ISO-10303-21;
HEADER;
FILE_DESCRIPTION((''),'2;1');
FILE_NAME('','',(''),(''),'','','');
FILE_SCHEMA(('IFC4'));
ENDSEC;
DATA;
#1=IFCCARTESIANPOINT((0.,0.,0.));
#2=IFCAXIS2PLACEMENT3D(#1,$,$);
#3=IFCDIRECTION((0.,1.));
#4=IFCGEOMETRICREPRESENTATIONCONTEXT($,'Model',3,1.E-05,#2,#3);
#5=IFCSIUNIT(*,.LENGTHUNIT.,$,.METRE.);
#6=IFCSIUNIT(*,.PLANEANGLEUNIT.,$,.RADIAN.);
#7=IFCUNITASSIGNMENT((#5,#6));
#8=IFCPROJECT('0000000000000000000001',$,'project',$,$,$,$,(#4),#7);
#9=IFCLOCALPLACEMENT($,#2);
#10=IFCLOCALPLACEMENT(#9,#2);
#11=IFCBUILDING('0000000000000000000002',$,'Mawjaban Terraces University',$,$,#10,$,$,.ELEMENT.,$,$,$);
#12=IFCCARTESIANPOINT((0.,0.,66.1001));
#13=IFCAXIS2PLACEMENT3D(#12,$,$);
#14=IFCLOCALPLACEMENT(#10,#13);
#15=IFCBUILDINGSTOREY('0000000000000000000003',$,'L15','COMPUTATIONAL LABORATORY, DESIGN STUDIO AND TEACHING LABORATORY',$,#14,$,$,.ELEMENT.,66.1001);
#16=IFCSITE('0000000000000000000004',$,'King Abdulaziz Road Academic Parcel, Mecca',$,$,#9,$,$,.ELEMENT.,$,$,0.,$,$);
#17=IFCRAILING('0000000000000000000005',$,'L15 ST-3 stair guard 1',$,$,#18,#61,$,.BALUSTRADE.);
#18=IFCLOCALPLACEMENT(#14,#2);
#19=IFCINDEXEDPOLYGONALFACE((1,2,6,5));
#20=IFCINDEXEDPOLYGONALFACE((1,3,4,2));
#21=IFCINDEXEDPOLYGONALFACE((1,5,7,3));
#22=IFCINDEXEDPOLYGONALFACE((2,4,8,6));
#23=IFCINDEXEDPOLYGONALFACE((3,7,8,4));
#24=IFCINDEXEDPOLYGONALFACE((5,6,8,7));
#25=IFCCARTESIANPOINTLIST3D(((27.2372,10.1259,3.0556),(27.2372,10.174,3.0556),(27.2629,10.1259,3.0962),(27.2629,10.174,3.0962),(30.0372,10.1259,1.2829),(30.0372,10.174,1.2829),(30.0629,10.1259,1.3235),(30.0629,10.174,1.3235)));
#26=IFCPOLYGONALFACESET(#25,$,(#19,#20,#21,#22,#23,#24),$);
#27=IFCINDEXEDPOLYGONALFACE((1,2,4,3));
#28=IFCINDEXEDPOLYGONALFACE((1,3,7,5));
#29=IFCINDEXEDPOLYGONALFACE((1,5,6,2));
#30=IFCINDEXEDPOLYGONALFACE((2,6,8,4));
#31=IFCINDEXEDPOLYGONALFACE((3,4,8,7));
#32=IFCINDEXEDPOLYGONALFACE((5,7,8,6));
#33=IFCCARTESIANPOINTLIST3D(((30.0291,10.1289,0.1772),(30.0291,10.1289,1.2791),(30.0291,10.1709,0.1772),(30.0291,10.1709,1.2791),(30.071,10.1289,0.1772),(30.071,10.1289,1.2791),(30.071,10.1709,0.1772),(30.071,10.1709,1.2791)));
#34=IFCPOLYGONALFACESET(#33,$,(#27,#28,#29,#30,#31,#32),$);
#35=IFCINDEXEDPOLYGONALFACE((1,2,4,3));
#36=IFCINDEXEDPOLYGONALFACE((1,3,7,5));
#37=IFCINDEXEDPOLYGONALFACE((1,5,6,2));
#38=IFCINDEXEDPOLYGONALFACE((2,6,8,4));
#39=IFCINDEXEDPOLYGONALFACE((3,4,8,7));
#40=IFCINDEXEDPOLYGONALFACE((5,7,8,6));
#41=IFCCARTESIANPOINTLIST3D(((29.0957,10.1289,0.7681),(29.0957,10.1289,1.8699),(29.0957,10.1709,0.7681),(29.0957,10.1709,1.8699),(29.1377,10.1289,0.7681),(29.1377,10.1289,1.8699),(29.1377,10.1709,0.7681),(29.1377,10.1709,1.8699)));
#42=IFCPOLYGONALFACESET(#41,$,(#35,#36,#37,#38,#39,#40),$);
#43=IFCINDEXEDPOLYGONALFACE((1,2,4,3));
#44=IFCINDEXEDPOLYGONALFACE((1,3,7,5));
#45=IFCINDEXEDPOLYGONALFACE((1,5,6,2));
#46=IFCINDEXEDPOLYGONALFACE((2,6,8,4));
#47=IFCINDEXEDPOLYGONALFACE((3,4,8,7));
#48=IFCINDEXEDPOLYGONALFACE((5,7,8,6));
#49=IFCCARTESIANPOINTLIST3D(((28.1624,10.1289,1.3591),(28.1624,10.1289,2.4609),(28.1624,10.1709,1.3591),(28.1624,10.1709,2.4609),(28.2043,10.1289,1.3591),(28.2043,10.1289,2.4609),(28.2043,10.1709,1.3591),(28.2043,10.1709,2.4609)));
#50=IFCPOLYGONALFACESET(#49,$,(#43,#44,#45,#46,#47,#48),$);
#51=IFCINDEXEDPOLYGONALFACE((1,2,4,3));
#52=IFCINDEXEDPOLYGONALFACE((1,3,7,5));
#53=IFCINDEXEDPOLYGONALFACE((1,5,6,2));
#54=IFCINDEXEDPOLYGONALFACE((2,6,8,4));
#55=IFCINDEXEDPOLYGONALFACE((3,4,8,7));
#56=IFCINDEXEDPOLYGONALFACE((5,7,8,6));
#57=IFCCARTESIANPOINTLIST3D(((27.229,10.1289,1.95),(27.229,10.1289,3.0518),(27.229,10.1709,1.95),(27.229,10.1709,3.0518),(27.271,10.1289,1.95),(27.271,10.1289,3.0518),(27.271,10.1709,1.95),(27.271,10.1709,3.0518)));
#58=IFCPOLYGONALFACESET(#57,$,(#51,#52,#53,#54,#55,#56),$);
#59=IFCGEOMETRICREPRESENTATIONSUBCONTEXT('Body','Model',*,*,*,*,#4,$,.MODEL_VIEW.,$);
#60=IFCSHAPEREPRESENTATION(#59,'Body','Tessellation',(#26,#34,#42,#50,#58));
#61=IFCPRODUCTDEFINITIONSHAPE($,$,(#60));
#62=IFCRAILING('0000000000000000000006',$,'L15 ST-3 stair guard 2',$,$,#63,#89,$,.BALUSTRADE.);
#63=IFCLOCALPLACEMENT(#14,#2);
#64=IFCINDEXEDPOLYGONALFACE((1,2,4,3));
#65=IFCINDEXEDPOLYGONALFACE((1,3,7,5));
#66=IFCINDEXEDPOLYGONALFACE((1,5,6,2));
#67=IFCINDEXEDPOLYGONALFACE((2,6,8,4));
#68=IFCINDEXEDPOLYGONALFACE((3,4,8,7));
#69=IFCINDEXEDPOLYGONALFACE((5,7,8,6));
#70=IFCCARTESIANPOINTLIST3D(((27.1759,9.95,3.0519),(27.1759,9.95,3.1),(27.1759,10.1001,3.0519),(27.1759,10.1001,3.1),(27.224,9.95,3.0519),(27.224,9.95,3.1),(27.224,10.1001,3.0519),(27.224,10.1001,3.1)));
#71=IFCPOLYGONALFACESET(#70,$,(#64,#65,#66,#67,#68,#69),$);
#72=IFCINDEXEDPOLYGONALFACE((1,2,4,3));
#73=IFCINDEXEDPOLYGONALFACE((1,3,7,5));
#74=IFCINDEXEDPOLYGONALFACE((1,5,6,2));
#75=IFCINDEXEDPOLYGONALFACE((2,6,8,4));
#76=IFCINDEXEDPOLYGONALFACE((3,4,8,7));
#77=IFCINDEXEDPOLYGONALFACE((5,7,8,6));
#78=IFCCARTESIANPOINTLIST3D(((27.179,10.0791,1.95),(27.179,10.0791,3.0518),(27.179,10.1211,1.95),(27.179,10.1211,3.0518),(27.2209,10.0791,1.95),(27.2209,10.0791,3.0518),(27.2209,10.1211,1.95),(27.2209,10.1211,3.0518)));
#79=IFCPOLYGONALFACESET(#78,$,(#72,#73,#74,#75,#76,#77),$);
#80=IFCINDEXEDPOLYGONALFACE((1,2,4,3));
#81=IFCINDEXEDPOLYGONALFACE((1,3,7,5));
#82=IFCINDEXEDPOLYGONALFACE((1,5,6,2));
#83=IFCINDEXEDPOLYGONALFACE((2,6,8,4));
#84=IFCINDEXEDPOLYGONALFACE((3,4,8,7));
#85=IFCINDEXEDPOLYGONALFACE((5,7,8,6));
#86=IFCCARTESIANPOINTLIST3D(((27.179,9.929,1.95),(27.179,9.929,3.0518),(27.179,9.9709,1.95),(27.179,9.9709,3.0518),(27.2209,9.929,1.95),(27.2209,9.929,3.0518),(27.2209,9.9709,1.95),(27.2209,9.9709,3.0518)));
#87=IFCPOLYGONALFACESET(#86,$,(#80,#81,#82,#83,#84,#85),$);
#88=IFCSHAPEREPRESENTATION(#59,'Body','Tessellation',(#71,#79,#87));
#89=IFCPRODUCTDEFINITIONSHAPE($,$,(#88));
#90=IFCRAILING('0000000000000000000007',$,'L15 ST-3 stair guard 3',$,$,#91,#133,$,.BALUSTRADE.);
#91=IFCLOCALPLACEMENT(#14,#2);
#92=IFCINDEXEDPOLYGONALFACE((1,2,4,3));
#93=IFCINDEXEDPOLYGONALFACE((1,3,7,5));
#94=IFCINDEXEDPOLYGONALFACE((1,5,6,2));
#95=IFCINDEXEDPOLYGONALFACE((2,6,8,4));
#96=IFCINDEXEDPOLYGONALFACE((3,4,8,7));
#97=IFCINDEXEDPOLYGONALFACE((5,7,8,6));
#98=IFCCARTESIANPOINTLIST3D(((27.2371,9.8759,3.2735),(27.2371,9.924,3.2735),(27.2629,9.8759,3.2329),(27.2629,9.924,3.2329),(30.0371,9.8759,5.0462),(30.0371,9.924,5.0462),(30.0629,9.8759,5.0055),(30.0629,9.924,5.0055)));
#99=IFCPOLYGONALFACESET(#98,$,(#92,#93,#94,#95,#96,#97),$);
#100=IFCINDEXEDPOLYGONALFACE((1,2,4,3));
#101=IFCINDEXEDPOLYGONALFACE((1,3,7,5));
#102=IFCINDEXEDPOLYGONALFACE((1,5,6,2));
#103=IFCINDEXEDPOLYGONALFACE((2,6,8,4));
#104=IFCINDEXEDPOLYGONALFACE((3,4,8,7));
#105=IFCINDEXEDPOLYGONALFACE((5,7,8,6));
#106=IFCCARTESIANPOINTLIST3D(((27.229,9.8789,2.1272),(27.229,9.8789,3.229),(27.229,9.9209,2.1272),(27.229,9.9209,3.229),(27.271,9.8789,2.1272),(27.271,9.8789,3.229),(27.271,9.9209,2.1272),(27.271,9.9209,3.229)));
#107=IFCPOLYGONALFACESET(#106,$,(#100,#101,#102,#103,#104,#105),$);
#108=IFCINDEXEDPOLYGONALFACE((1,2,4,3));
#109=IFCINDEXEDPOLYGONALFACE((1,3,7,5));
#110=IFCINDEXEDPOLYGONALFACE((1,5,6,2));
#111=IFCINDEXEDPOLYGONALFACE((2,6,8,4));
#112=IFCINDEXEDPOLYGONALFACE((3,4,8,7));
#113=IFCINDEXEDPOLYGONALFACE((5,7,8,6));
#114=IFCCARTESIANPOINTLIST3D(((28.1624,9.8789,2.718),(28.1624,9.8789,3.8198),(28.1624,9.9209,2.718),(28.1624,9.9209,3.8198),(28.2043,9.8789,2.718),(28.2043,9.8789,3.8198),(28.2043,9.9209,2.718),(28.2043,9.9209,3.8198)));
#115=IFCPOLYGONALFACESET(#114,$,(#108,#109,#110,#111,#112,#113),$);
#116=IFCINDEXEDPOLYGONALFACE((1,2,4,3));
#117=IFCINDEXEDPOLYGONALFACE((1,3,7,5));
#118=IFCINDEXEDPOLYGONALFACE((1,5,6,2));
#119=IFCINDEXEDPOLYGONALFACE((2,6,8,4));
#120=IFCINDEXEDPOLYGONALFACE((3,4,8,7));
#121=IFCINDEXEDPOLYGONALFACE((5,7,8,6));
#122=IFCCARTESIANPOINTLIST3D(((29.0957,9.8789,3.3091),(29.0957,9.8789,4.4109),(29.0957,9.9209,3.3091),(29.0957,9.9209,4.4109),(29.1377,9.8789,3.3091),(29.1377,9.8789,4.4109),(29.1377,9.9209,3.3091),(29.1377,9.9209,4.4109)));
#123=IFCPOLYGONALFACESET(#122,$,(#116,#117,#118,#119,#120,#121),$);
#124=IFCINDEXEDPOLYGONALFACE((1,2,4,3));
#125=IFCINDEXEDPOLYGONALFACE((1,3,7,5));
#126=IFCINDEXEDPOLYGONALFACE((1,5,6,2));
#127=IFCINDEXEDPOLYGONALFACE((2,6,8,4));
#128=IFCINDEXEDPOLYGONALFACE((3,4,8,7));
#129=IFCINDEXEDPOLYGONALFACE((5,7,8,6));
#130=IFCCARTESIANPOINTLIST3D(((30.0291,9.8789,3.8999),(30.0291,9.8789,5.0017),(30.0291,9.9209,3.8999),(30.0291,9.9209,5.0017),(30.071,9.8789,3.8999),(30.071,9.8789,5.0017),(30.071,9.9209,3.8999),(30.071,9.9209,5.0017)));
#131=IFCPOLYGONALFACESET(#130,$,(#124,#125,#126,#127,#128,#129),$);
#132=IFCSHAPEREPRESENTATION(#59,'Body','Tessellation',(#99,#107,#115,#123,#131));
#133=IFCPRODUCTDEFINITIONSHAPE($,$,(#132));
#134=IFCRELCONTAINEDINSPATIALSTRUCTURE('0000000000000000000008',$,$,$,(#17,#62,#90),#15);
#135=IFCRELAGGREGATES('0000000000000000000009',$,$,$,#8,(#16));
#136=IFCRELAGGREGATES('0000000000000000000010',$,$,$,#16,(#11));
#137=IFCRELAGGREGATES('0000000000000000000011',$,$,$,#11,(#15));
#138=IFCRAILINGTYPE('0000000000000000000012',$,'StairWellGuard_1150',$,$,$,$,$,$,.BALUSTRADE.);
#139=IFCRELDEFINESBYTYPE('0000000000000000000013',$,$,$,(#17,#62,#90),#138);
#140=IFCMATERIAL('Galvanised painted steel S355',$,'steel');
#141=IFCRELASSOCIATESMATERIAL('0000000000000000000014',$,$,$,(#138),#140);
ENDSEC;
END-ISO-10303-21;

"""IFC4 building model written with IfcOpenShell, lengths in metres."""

from ifc_helpers import new_model, si_unit, direction, frame, origin, origin_2d, place, context, subcontext, project, spatial, rectangle, extrude, material, type_object, element, save


model = new_model("IFC4")

# Units and contexts
model_context = context("Model", 3, precision=1e-05, world=origin(), true_north=direction((0.0, 1.0)))
body_context = subcontext(model_context, "Body", "Model", "MODEL_VIEW")
ifc_project = project(units=[si_unit("LENGTHUNIT", "METRE"), si_unit("PLANEANGLEUNIT", "RADIAN")], contexts=[model_context])

# Site, building, storey
site_placement = place(None, origin())
site = spatial("IfcSite", under=ifc_project, at=site_placement, Name="King Abdulaziz Road Academic Parcel, Mecca", CompositionType="ELEMENT", RefElevation=0.0)
building_placement = place(site_placement, origin())
building = spatial("IfcBuilding", under=site, at=building_placement, Name="Mawjaban Terraces University", CompositionType="ELEMENT")
storey_placement = place(building_placement, frame((0.0, 0.0, 66.1001)))
storey = spatial("IfcBuildingStorey", under=building, at=storey_placement, Name="L15", Description="COMPUTATIONAL LABORATORY, DESIGN STUDIO AND TEACHING LABORATORY", CompositionType="ELEMENT", Elevation=66.1001)

# Railings
ifc_material_1 = material(Name="Galvanised painted steel S355", Category="steel")
railing_type_1 = type_object("IfcRailingType", Name="StairWellGuard_1150", PredefinedType="BALUSTRADE", material=ifc_material_1)
railing_1_placement = place(storey_placement, frame((30.05, 10.1499, 0.1772)))
element("IfcRailing", 1, at=railing_1_placement, inside=storey, type_object=railing_type_1, Name="L15 ST-3 stair guard 1", PredefinedType="BALUSTRADE", context=body_context, shape_type="SweptSolid", body=[
    extrude(rectangle(XDim=0.0481, YDim=0.0481, at=origin_2d()), frame((0.0, 0.0, 1.126), z_axis=(-0.844909, 0.0, 0.53491), x_axis=(0.0, -1.0, 0.0)), (0.0, 0.0, 1.0), 3.314),
    extrude(rectangle(XDim=0.042, YDim=0.042, at=origin_2d()), origin(), (0.0, 0.0, 1.0), 1.1018),
    extrude(rectangle(XDim=0.042, YDim=0.042, at=origin_2d()), frame((-0.9333, 0.0, 0.5908)), (0.0, 0.0, 1.0), 1.1018),
    extrude(rectangle(XDim=0.042, YDim=0.042, at=origin_2d()), frame((-1.8667, 0.0, 1.1819)), (0.0, 0.0, 1.0), 1.1018),
    extrude(rectangle(XDim=0.042, YDim=0.042, at=origin_2d()), frame((-2.8, 0.0, 1.7727)), (0.0, 0.0, 1.0), 1.1018),
])
railing_2_placement = place(storey_placement, frame((27.2, 10.1001, 1.95)))
element("IfcRailing", 2, at=railing_2_placement, inside=storey, type_object=railing_type_1, Name="L15 ST-3 stair guard 2", PredefinedType="BALUSTRADE", context=body_context, shape_type="SweptSolid", body=[
    extrude(rectangle(XDim=0.0481, YDim=0.0481, at=origin_2d()), frame((0.0, 0.0, 1.126), z_axis=(0.0, -1.0, 0.0), x_axis=(1.0, 0.0, 0.0)), (0.0, 0.0, 1.0), 0.1501),
    extrude(rectangle(XDim=0.042, YDim=0.042, at=origin_2d()), origin(), (0.0, 0.0, 1.0), 1.1018),
    extrude(rectangle(XDim=0.042, YDim=0.042, at=origin_2d()), frame((0.0, -0.1501, 0.0)), (0.0, 0.0, 1.0), 1.1018),
])
railing_3_placement = place(storey_placement, frame((27.25, 9.8999, 2.1272)))
element("IfcRailing", 3, at=railing_3_placement, inside=storey, type_object=railing_type_1, Name="L15 ST-3 stair guard 3", PredefinedType="BALUSTRADE", context=body_context, shape_type="SweptSolid", body=[
    extrude(rectangle(XDim=0.0481, YDim=0.0481, at=origin_2d()), frame((0.0, 0.0, 1.126), z_axis=(0.844909, 0.0, 0.53491), x_axis=(0.0, 1.0, 0.0)), (0.0, 0.0, 1.0), 3.314),
    extrude(rectangle(XDim=0.042, YDim=0.042, at=origin_2d()), origin(), (0.0, 0.0, 1.0), 1.1018),
    extrude(rectangle(XDim=0.042, YDim=0.042, at=origin_2d()), frame((0.9333, 0.0, 0.5908)), (0.0, 0.0, 1.0), 1.1018),
    extrude(rectangle(XDim=0.042, YDim=0.042, at=origin_2d()), frame((1.8667, 0.0, 1.1819)), (0.0, 0.0, 1.0), 1.1018),
    extrude(rectangle(XDim=0.042, YDim=0.042, at=origin_2d()), frame((2.8, 0.0, 1.7727)), (0.0, 0.0, 1.0), 1.1018),
])

save(model, "model.ifc")
